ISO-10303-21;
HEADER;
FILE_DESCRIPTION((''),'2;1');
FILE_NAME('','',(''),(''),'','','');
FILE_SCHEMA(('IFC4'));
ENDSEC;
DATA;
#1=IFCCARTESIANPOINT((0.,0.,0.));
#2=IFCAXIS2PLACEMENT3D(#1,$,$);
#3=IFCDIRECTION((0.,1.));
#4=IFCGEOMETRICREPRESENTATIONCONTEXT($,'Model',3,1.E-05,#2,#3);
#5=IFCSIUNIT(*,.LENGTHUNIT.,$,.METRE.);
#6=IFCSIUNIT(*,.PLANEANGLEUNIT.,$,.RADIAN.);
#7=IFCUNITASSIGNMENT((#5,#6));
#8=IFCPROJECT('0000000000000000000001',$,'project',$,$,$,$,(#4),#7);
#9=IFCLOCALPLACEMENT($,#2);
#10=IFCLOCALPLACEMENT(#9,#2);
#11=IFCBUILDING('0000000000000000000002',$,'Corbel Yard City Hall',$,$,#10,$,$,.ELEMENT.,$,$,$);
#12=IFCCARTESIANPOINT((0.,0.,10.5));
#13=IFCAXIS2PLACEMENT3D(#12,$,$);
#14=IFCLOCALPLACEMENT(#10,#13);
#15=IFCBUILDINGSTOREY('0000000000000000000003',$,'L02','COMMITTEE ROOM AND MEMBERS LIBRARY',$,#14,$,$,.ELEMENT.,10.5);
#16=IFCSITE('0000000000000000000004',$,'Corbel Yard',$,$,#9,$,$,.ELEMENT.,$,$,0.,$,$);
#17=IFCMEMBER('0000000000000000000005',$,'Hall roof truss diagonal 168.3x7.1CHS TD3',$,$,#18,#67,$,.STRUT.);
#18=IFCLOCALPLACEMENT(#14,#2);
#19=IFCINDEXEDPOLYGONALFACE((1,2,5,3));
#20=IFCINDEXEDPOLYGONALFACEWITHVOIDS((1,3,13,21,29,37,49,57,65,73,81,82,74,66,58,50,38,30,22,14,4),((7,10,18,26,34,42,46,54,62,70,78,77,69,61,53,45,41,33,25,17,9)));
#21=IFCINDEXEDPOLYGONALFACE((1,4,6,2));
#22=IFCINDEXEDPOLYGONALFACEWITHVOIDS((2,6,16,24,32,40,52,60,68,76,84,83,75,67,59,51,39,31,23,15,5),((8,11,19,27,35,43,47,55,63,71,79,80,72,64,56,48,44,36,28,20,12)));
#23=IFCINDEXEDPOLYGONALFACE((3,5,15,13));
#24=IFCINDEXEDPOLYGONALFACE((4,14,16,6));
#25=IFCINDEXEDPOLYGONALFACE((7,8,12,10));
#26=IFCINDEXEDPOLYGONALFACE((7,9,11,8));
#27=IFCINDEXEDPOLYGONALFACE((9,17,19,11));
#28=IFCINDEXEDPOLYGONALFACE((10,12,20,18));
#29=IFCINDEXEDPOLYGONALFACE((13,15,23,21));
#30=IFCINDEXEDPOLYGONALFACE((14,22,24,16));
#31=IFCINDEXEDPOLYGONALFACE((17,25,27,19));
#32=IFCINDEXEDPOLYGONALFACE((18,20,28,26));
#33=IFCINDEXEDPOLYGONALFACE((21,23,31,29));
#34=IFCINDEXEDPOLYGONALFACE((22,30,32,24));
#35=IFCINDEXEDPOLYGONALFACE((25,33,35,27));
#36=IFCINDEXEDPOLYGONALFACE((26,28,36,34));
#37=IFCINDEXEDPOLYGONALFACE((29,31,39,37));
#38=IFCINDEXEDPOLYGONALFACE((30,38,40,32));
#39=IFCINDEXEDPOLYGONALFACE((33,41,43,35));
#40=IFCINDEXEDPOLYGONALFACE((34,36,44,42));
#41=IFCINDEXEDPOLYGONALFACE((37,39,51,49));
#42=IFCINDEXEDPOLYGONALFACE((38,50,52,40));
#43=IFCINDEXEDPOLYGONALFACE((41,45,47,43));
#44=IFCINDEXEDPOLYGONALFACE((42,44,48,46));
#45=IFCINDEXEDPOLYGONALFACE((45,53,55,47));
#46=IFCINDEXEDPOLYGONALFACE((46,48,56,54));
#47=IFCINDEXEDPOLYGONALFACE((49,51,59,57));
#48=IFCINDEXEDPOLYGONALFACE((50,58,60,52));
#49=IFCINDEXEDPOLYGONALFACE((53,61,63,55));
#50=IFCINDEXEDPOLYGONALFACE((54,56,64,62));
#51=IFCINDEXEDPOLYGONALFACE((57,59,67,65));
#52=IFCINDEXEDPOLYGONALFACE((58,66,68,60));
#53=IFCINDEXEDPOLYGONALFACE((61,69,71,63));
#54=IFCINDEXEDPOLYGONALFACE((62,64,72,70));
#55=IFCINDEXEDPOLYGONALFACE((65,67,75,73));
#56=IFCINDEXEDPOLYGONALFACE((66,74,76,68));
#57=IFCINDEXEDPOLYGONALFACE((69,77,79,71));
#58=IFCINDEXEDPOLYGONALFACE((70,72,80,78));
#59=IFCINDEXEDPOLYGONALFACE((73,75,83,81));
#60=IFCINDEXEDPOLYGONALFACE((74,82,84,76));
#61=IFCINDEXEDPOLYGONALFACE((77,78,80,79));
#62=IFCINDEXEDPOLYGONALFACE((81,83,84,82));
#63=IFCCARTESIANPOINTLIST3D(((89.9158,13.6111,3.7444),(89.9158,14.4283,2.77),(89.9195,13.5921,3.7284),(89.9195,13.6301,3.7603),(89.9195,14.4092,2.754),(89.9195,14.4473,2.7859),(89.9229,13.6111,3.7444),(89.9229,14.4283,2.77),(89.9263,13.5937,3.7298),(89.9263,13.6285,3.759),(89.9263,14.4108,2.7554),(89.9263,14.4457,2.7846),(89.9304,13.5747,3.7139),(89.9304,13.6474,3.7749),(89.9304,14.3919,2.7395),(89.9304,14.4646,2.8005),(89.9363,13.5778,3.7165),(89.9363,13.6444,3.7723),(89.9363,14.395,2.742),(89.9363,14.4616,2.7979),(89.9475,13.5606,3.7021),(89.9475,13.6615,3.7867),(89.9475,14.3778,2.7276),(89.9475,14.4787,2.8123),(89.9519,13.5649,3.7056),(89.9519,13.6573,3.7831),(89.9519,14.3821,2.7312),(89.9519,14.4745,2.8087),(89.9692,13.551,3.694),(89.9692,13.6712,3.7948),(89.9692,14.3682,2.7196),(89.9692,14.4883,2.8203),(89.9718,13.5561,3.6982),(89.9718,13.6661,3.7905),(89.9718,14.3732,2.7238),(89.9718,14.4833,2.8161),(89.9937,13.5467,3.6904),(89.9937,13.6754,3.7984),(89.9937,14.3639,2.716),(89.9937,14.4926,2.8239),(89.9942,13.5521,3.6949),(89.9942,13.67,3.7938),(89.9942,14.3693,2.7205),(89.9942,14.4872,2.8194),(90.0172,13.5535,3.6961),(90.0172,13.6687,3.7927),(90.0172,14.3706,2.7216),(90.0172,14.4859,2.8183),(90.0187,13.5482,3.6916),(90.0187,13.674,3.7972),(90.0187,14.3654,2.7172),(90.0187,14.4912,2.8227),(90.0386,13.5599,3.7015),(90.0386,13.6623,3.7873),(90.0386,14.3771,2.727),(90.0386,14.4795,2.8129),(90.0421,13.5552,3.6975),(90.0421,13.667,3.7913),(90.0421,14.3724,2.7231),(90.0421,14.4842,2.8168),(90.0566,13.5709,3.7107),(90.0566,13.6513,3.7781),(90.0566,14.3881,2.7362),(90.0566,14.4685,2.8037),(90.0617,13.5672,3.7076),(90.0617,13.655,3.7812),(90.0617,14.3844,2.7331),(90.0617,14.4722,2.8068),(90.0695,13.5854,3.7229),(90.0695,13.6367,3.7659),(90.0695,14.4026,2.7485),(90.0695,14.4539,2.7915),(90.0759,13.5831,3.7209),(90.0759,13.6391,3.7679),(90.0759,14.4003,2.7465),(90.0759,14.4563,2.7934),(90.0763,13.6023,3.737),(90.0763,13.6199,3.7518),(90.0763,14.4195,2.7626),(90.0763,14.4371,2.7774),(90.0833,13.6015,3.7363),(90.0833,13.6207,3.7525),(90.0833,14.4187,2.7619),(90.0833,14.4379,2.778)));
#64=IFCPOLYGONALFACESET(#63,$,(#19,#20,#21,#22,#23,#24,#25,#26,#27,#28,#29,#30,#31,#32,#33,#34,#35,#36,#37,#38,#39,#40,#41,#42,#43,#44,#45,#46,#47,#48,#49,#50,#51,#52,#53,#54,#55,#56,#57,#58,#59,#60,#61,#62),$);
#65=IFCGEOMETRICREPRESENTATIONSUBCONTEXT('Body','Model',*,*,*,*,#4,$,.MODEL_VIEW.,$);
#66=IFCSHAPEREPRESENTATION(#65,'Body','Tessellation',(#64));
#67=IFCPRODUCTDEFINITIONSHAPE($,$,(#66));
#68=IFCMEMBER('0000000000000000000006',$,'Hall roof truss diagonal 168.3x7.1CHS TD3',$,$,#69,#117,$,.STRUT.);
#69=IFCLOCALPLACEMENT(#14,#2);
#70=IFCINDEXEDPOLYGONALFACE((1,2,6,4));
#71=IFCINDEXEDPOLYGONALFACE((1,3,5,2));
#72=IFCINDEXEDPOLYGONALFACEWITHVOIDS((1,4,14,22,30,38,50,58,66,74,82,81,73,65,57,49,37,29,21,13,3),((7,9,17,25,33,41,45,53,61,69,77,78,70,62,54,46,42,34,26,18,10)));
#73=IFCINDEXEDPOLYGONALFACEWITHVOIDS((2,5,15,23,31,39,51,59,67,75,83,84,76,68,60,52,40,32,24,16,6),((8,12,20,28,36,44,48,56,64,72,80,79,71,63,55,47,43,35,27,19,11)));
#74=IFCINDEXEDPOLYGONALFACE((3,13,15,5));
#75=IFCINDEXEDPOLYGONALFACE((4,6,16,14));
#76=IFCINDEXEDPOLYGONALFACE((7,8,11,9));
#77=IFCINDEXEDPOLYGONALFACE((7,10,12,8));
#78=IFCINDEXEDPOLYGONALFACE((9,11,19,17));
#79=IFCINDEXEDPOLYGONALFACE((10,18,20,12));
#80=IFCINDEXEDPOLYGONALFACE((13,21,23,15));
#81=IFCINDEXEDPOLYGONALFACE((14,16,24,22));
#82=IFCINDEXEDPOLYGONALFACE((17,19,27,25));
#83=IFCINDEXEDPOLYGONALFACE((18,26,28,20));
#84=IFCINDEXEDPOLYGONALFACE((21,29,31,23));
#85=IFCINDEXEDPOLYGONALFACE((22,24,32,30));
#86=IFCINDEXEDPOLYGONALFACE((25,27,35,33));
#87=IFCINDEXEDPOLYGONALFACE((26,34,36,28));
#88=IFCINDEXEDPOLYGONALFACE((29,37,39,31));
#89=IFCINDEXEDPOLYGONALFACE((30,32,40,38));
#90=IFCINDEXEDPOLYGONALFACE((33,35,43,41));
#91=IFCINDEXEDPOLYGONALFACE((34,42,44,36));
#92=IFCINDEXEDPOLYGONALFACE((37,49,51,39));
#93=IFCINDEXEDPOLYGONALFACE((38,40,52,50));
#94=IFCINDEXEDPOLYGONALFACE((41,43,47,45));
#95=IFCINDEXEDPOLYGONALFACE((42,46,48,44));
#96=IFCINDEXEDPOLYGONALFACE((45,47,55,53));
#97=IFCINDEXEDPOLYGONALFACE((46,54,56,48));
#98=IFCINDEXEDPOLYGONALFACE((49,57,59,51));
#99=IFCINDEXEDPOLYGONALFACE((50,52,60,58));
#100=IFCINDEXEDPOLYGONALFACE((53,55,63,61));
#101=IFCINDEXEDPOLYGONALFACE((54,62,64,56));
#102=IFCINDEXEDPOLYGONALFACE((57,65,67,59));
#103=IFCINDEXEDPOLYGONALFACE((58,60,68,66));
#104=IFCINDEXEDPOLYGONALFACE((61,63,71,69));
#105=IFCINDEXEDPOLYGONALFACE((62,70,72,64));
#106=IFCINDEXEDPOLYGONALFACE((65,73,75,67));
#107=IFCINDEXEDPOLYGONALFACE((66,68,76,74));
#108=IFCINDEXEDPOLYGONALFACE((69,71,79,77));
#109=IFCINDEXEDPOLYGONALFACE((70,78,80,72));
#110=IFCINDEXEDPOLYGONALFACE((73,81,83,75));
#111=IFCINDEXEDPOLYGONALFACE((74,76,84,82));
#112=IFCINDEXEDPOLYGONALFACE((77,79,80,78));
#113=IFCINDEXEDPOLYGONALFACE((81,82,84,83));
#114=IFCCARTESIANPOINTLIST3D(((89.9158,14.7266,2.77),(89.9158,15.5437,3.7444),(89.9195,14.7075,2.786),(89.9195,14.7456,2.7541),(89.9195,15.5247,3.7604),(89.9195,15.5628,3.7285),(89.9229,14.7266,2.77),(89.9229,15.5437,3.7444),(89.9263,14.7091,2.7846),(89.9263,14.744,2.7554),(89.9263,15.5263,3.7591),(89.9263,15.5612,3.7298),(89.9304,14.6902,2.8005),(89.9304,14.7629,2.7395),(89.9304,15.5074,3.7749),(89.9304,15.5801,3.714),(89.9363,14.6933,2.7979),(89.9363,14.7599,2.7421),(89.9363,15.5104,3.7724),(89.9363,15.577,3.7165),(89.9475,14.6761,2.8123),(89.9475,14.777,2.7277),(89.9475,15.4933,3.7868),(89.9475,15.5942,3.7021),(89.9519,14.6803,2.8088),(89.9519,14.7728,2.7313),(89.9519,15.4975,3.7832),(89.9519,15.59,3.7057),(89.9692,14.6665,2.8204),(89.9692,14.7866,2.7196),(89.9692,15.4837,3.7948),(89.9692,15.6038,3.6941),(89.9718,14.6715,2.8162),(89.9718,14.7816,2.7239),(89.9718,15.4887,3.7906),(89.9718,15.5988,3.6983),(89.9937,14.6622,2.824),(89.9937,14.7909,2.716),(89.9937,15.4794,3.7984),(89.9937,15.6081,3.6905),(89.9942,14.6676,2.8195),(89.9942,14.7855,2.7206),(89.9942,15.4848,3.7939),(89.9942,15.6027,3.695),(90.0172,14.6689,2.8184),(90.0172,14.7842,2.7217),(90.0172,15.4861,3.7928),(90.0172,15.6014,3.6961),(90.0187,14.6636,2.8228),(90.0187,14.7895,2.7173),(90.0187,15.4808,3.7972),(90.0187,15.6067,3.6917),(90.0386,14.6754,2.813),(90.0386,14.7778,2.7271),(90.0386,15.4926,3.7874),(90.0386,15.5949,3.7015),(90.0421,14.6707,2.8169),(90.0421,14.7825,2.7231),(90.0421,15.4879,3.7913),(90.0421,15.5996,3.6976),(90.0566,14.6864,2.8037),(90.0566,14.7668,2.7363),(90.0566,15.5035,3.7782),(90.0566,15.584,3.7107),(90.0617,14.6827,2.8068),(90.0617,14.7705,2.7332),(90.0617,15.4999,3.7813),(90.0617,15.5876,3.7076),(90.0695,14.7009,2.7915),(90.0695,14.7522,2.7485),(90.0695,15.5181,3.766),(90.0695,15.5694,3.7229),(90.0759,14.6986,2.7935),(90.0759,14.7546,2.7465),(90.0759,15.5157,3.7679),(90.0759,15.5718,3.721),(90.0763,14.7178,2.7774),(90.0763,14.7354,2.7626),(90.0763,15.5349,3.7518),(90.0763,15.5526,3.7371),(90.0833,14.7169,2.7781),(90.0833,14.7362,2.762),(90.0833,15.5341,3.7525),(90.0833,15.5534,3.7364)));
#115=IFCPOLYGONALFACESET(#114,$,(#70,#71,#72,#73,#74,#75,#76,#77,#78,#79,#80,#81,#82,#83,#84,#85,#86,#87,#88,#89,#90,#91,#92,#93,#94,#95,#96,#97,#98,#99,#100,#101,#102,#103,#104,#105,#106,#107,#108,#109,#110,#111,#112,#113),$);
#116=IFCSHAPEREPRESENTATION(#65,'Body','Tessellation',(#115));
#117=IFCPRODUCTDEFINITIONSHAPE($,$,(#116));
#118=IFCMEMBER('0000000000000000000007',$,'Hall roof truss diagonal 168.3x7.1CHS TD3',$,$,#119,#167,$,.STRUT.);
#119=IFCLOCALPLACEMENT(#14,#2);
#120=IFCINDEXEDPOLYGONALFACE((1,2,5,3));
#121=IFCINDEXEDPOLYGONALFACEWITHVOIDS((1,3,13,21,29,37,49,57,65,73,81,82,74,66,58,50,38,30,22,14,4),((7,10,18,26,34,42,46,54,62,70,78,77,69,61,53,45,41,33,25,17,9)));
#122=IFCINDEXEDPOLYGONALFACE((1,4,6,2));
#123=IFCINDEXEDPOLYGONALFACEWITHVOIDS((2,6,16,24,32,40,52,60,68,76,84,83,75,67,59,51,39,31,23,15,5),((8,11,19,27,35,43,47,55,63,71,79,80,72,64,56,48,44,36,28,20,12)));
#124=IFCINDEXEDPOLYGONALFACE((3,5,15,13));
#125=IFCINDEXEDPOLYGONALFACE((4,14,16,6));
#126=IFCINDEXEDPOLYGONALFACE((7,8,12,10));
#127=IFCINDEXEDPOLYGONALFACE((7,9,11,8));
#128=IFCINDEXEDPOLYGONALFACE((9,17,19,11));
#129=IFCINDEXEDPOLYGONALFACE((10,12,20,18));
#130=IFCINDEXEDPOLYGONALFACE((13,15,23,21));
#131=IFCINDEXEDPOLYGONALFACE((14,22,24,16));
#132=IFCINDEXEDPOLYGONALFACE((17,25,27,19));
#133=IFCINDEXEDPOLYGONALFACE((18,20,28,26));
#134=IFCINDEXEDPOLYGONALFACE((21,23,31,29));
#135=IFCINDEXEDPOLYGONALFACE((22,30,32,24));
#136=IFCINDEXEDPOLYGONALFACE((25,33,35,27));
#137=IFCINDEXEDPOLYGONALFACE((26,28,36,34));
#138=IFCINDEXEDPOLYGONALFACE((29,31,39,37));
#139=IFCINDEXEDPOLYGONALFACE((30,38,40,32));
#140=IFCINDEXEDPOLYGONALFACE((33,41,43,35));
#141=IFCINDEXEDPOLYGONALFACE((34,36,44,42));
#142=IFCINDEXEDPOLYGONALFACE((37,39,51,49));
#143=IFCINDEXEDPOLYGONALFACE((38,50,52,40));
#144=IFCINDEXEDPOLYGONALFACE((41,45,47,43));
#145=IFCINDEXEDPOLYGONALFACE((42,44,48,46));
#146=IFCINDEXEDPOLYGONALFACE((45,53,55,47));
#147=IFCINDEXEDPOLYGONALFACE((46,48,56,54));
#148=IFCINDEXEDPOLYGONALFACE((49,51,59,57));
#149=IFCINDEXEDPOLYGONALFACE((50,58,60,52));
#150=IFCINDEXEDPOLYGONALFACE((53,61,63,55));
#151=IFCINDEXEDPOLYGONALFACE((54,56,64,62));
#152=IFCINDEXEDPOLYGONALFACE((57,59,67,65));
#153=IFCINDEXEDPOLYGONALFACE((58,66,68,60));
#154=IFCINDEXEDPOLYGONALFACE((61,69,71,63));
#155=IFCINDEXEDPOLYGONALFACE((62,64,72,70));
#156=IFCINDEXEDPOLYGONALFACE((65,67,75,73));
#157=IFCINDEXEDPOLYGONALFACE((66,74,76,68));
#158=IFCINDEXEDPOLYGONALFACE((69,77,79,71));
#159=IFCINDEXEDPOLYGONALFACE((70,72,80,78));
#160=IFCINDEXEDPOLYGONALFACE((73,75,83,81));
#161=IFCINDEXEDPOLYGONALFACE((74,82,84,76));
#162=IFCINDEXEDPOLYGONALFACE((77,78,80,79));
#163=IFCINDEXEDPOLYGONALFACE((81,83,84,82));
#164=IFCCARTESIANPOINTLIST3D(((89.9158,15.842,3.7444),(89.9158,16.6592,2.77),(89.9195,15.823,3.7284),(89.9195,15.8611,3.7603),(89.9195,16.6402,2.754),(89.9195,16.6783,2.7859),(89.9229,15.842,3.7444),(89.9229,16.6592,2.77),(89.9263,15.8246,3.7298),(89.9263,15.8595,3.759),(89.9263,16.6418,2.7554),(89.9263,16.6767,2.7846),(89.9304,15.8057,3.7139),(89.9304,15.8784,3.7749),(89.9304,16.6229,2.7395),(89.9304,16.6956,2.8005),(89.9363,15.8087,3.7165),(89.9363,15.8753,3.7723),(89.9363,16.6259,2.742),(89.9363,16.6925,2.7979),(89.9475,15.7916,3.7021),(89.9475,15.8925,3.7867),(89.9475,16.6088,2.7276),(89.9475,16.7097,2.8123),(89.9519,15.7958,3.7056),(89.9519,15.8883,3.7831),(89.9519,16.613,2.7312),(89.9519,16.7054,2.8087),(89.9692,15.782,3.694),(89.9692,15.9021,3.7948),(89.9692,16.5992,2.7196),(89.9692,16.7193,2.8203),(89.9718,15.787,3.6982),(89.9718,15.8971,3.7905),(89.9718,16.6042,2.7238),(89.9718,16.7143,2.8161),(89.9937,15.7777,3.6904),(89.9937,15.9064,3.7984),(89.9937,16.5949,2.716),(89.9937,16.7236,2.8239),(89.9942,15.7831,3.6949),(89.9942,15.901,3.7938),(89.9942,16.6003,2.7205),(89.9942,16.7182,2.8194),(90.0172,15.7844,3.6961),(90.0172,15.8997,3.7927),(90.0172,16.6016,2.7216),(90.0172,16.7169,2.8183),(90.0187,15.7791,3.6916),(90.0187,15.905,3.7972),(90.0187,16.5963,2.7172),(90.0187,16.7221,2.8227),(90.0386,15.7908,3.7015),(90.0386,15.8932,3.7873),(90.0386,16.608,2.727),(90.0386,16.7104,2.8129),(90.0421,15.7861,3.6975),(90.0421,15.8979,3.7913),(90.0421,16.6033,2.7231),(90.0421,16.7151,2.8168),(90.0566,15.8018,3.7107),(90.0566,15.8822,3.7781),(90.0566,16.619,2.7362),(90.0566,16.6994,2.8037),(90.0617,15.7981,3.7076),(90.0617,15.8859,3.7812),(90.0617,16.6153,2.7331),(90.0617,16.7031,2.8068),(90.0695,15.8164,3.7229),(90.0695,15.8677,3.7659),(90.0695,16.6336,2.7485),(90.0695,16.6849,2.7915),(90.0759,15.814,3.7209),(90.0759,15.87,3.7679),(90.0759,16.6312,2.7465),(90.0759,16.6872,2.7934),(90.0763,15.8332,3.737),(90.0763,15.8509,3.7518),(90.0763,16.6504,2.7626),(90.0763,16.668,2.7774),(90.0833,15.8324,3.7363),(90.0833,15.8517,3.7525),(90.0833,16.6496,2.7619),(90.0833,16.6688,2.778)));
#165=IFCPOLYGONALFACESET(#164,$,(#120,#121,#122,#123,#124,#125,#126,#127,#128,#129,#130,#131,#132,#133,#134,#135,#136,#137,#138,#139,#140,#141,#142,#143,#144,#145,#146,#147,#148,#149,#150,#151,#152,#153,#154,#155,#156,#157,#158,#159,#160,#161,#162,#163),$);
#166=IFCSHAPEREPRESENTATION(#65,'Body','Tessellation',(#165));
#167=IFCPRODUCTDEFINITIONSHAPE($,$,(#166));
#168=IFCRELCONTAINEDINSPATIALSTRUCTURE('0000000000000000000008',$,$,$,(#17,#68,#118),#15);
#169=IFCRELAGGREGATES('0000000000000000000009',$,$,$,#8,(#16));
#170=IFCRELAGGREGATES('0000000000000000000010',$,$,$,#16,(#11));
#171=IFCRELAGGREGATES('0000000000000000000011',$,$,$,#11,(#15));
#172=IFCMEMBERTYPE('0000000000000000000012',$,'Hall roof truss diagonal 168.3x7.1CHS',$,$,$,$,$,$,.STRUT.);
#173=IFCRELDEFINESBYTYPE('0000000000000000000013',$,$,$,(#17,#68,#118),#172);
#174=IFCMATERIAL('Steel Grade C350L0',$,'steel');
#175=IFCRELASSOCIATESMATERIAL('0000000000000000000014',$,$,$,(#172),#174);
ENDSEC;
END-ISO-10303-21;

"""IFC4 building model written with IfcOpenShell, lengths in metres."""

from ifc_helpers import new_model, si_unit, direction, frame, origin, origin_2d, place, context, subcontext, project, spatial, hollow_circle, extrude, material, material_profile, profile_set, type_object, element, save


model = new_model("IFC4")

# Units and contexts
model_context = context("Model", 3, precision=1e-05, world=origin(), true_north=direction((0.0, 1.0)))
body_context = subcontext(model_context, "Body", "Model", "MODEL_VIEW")
ifc_project = project(units=[si_unit("LENGTHUNIT", "METRE"), si_unit("PLANEANGLEUNIT", "RADIAN")], contexts=[model_context])

# Site, building, storey
site_placement = place(None, origin())
site = spatial("IfcSite", under=ifc_project, at=site_placement, Name="Corbel Yard", CompositionType="ELEMENT", RefElevation=0.0)
building_placement = place(site_placement, origin())
building = spatial("IfcBuilding", under=site, at=building_placement, Name="Corbel Yard City Hall", CompositionType="ELEMENT")
storey_placement = place(building_placement, frame((0.0, 0.0, 10.5)))
storey = spatial("IfcBuildingStorey", under=building, at=storey_placement, Name="L02", Description="COMMITTEE ROOM AND MEMBERS LIBRARY", CompositionType="ELEMENT", Elevation=10.5)

# Members
ifc_material_1 = material(Name="Steel Grade C350L0", Category="steel")
ifc_material_profile_1 = material_profile(ifc_material_1, hollow_circle(Radius=0.0842, WallThickness=0.0071, at=origin_2d()), Name="168.3x7.1CHS")
ifc_profile_set_1 = profile_set([ifc_material_profile_1], Name="Steel Grade C350L0")
member_type_1 = type_object("IfcMemberType", Name="Hall roof truss diagonal 168.3x7.1CHS", PredefinedType="STRUT", material=ifc_profile_set_1)
for number, where, z_axis, x_axis, name in (
    (1, (90.0, 13.6111, 3.7444), (0.0, 0.64258, -0.766219), (-1.0, 0.0, 0.0), "Hall roof truss diagonal 168.3x7.1CHS TD3"),
    (2, (90.0, 14.7266, 2.77), (0.0, 0.64258, 0.766219), (-1.0, 0.0, 0.0), "Hall roof truss diagonal 168.3x7.1CHS TD3"),
    (3, (90.0, 15.842, 3.7444), (0.0, 0.64258, -0.766219), (-1.0, 0.0, 0.0), "Hall roof truss diagonal 168.3x7.1CHS TD3"),
):
    element("IfcMember", number, at=place(storey_placement, frame(where, z_axis=z_axis, x_axis=x_axis)), inside=storey, type_object=member_type_1, Name=name, PredefinedType="STRUT", context=body_context, shape_type="SweptSolid", body=[
        extrude(hollow_circle(Radius=0.0842, WallThickness=0.0071, at=origin_2d()), origin(), (0.0, 0.0, 1.0), 1.2717),
    ])

save(model, "model.ifc")
